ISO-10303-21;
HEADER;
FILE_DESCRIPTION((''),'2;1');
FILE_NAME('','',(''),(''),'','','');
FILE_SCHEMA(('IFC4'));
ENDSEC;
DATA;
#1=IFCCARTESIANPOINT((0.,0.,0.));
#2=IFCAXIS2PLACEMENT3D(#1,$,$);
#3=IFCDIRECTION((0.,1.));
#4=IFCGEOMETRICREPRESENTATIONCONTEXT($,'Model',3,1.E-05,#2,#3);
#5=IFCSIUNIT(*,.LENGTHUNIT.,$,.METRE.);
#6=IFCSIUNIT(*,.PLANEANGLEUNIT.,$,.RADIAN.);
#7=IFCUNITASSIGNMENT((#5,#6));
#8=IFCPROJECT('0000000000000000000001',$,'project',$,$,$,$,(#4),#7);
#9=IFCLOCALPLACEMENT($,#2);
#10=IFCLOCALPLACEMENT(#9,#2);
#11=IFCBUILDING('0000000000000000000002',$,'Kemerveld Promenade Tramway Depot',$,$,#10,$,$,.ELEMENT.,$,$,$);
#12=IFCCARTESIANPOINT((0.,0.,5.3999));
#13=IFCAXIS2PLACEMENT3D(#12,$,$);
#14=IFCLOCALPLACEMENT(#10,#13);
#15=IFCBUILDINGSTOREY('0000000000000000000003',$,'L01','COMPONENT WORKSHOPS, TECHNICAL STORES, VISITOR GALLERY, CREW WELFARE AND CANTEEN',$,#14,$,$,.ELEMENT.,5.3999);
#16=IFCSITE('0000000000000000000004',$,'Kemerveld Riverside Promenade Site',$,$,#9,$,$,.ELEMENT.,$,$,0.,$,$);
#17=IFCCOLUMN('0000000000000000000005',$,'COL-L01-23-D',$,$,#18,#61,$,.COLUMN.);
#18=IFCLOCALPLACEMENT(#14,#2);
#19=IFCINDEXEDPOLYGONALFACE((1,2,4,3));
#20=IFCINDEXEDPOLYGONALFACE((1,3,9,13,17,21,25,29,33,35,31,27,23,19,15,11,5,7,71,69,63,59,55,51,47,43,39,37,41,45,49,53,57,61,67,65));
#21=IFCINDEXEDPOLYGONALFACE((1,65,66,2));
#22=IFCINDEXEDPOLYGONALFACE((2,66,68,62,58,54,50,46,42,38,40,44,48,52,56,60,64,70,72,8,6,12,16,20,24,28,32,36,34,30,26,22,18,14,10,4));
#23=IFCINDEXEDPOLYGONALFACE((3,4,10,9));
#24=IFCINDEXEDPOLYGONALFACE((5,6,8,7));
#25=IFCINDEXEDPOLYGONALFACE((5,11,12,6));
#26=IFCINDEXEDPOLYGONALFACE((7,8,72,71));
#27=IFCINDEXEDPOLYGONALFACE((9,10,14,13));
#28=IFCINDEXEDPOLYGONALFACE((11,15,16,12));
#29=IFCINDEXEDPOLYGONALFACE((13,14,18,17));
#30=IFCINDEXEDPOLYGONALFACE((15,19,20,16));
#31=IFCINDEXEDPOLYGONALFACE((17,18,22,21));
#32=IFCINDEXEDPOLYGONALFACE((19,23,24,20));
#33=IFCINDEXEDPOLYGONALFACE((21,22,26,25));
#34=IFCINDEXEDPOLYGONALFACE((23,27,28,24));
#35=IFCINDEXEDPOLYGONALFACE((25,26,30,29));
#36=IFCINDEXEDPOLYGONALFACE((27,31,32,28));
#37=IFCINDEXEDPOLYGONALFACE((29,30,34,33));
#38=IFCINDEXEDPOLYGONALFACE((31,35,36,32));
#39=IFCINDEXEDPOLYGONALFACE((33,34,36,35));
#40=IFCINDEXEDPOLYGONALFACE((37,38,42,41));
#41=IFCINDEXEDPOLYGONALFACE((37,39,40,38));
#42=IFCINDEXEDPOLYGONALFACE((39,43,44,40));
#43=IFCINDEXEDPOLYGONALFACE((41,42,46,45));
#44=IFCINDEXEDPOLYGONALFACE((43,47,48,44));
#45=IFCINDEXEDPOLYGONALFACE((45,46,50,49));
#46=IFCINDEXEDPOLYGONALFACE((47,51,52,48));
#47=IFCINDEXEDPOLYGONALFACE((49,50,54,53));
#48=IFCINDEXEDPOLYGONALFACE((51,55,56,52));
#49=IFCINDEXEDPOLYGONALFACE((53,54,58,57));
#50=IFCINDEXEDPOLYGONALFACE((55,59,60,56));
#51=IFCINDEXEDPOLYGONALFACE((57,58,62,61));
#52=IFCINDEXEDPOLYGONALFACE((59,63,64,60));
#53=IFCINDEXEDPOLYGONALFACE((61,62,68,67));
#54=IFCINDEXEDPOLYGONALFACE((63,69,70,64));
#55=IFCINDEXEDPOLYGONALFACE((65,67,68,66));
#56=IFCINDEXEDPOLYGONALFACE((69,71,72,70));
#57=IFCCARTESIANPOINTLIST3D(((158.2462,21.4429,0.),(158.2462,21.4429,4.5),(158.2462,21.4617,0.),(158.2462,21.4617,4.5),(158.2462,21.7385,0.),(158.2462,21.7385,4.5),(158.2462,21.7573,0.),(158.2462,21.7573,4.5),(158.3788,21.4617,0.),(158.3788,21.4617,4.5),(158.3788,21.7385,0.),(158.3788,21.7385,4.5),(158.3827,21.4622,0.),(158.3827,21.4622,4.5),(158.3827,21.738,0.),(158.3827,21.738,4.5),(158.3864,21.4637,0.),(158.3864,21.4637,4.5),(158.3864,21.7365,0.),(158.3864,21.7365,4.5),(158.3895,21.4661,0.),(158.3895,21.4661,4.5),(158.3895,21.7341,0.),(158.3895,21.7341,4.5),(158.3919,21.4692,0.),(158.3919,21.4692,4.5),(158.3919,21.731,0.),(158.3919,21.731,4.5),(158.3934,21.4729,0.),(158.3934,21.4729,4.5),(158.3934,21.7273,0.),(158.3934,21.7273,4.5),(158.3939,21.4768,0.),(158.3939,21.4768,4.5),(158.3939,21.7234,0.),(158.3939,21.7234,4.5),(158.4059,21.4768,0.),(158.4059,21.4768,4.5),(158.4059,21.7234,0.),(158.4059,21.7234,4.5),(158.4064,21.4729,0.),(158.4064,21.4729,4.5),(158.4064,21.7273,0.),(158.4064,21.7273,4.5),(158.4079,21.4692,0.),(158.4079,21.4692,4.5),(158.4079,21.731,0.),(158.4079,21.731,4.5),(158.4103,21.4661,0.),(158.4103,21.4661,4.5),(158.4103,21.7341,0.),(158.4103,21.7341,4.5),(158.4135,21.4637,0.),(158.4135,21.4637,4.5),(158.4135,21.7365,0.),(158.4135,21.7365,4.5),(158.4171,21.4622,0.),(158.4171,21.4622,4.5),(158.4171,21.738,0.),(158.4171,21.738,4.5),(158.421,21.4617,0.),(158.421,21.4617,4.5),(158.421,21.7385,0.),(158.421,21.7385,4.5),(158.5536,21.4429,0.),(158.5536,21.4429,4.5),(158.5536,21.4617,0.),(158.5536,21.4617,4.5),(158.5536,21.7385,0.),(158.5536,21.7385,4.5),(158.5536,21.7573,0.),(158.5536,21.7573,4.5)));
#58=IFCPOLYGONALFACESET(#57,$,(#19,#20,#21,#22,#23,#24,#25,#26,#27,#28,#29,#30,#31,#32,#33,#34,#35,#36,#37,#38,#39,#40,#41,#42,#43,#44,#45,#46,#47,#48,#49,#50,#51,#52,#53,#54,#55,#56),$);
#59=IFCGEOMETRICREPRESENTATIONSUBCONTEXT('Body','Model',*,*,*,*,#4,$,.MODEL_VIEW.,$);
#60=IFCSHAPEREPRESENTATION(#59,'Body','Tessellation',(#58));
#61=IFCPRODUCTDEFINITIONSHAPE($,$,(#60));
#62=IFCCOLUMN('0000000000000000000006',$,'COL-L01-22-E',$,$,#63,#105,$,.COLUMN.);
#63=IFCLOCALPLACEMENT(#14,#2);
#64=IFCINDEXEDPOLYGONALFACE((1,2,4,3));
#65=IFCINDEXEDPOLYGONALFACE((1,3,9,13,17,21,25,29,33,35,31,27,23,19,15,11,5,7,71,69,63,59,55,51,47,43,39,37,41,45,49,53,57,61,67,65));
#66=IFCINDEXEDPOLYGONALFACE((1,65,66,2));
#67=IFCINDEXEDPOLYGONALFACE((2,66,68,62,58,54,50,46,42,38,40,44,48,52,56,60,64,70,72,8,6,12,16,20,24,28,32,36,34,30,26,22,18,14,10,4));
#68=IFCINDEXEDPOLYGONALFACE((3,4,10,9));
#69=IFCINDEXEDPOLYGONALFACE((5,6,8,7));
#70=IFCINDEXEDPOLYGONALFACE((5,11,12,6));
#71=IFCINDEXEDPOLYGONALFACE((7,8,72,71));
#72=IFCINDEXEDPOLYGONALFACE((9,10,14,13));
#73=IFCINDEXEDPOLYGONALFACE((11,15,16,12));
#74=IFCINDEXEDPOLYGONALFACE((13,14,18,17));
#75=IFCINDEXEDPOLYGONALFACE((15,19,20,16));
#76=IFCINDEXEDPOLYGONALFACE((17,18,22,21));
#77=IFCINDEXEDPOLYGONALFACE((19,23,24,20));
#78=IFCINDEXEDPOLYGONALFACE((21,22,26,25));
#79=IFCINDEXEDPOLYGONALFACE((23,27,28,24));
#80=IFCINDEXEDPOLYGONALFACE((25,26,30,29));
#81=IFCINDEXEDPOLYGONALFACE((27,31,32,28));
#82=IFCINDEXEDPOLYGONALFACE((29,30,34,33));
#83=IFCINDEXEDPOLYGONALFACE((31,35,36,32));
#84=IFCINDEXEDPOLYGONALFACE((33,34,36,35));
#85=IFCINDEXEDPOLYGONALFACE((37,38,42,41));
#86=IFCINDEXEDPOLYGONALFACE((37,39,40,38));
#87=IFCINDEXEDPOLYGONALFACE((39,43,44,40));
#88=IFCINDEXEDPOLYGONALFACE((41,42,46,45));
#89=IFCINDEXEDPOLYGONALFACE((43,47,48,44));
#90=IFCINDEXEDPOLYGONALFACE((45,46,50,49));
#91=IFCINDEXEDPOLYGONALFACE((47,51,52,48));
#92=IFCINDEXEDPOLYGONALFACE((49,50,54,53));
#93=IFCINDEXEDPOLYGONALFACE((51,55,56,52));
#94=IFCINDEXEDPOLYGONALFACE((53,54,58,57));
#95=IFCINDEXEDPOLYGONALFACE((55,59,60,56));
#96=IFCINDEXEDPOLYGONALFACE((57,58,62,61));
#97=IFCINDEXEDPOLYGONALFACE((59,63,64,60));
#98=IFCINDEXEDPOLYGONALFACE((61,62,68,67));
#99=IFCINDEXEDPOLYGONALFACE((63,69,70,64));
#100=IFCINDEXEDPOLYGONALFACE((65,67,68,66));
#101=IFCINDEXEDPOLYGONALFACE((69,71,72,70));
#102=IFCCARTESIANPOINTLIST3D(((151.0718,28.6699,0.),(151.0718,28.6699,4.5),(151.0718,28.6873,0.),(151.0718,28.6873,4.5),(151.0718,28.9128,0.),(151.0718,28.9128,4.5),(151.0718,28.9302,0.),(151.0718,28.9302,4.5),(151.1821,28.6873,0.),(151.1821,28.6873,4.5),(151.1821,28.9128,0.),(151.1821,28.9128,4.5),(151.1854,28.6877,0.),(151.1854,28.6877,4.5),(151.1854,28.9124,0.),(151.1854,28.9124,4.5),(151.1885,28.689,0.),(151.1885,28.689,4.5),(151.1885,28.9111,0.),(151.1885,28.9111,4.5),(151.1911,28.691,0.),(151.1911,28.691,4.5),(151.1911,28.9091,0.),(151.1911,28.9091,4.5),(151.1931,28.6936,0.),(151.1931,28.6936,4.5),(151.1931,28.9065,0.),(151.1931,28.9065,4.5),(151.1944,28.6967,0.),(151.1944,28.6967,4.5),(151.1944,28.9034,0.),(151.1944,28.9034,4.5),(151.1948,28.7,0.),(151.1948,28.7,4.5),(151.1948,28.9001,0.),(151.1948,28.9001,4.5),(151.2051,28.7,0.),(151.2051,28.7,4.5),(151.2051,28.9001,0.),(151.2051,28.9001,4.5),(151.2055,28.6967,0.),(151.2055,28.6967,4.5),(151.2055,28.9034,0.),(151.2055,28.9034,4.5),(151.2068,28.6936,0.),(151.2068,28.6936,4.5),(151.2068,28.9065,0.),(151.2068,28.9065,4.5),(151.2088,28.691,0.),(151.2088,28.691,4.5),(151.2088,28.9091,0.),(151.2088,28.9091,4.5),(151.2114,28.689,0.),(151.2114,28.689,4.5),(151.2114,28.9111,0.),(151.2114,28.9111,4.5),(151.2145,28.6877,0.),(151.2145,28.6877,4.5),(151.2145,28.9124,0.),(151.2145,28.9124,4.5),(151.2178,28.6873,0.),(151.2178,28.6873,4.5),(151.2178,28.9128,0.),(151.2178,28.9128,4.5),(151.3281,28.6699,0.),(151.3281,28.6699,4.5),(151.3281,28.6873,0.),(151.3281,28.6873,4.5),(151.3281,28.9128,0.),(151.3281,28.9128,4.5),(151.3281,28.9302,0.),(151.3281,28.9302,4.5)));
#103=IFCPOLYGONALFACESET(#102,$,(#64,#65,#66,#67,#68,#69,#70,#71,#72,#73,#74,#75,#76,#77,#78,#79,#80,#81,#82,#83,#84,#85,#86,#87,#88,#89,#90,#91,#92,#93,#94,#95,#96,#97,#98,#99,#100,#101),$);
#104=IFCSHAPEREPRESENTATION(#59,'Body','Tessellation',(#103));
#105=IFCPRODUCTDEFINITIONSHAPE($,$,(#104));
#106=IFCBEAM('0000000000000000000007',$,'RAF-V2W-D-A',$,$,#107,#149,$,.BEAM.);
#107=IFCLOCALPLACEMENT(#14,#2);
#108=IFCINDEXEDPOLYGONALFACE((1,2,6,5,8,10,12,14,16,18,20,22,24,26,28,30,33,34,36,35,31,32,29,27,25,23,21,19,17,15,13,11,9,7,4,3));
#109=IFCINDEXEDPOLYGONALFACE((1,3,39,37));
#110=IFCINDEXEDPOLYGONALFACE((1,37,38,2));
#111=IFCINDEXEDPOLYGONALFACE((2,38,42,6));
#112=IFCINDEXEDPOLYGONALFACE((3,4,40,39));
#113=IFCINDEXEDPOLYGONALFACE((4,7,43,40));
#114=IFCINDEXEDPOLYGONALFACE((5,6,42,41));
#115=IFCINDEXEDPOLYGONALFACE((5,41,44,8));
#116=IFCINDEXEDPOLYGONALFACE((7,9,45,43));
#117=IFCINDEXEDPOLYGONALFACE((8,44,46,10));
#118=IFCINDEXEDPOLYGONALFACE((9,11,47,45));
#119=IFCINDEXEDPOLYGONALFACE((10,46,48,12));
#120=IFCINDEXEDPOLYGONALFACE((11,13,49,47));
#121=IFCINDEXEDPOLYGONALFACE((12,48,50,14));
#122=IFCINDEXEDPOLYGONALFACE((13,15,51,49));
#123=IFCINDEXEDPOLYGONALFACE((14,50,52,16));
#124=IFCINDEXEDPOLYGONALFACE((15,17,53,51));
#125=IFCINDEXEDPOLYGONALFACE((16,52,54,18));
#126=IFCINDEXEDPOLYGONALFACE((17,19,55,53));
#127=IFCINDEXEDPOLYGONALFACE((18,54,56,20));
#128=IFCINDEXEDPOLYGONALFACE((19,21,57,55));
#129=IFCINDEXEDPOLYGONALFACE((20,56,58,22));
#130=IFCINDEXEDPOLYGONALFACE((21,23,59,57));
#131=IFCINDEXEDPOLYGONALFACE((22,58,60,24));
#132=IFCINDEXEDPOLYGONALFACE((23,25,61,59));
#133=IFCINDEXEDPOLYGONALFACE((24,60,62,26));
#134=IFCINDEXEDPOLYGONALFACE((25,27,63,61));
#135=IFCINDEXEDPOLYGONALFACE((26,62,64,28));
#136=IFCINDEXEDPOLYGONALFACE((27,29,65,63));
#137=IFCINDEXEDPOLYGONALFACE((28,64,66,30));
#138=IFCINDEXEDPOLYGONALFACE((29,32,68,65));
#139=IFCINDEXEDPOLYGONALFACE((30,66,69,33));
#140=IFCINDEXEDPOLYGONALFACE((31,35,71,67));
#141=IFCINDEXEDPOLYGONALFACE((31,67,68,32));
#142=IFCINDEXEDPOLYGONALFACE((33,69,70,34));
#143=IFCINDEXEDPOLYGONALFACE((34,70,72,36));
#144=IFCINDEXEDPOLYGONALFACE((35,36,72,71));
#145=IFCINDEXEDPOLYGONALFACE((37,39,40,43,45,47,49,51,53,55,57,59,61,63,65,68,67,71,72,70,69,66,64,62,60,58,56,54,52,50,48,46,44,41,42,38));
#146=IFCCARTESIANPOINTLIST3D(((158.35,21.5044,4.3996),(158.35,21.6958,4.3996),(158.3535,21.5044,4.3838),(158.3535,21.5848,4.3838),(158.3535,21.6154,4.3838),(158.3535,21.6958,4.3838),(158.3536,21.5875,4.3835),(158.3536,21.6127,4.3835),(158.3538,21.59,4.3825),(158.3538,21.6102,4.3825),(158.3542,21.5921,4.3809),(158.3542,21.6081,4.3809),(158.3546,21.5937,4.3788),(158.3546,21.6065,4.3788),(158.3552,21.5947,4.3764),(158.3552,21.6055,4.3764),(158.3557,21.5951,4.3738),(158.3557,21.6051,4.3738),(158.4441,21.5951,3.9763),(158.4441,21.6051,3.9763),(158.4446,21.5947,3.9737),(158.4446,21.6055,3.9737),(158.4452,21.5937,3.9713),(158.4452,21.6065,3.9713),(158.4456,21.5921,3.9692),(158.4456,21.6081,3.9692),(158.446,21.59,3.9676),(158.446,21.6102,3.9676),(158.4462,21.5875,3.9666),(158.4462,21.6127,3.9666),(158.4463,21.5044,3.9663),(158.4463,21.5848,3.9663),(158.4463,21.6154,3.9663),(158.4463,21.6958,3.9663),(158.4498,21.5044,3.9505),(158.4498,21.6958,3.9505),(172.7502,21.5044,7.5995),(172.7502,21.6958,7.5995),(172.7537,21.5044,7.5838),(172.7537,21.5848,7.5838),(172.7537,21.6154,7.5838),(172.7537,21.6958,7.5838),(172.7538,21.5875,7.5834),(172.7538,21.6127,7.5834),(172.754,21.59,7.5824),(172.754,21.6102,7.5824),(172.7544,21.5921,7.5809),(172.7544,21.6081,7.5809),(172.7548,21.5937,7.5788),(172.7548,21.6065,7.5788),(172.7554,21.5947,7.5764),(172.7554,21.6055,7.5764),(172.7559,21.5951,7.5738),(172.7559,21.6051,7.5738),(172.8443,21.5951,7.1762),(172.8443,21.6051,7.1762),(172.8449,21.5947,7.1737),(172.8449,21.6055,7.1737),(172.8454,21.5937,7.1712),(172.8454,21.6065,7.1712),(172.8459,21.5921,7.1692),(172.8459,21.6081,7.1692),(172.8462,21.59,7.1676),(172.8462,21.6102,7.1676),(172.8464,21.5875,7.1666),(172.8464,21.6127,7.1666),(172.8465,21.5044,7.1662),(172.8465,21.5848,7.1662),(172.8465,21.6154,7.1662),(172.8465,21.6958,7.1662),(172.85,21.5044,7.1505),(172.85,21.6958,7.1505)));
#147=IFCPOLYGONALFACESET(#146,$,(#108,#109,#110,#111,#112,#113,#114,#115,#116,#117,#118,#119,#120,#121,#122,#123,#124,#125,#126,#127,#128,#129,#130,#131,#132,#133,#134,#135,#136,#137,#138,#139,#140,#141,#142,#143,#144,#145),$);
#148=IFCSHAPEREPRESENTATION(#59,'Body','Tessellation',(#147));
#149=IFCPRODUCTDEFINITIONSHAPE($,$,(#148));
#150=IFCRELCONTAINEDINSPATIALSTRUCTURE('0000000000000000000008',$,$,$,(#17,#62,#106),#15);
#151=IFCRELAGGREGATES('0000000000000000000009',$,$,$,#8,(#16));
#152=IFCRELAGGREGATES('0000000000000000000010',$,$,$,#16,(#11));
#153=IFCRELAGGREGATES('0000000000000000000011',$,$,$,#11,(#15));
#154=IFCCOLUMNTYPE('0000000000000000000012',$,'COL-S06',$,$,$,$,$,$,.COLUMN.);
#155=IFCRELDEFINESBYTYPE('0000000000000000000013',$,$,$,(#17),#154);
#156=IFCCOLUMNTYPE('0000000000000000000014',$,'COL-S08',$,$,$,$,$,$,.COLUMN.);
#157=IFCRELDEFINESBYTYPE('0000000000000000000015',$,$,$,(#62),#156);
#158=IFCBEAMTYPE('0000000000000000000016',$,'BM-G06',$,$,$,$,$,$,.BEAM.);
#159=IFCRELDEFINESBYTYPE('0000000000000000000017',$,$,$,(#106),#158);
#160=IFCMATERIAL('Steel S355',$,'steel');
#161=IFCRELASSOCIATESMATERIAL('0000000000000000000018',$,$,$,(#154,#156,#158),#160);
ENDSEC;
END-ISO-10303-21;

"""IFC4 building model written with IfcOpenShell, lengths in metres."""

from ifc_helpers import new_model, si_unit, direction, frame, origin, origin_2d, place, context, subcontext, project, spatial, i_section, extrude, material, material_profile, profile_set, type_object, element, save


model = new_model("IFC4")

# Units and contexts
model_context = context("Model", 3, precision=1e-05, world=origin(), true_north=direction((0.0, 1.0)))
body_context = subcontext(model_context, "Body", "Model", "MODEL_VIEW")
ifc_project = project(units=[si_unit("LENGTHUNIT", "METRE"), si_unit("PLANEANGLEUNIT", "RADIAN")], contexts=[model_context])

# Site, building, storey
site_placement = place(None, origin())
site = spatial("IfcSite", under=ifc_project, at=site_placement, Name="Kemerveld Riverside Promenade Site", CompositionType="ELEMENT", RefElevation=0.0)
building_placement = place(site_placement, origin())
building = spatial("IfcBuilding", under=site, at=building_placement, Name="Kemerveld Promenade Tramway Depot", CompositionType="ELEMENT")
storey_placement = place(building_placement, frame((0.0, 0.0, 5.3999)))
storey = spatial("IfcBuildingStorey", under=building, at=storey_placement, Name="L01", Description="COMPONENT WORKSHOPS, TECHNICAL STORES, VISITOR GALLERY, CREW WELFARE AND CANTEEN", CompositionType="ELEMENT", Elevation=5.3999)

# Columns
ifc_material_1 = material(Name="Steel S355", Category="steel")
ifc_material_profile_1 = material_profile(ifc_material_1, i_section(OverallWidth=0.3074, OverallDepth=0.3145, WebThickness=0.012, FlangeThickness=0.0188, FilletRadius=0.0151, at=origin_2d()), Name="305x305x118 UC")
ifc_profile_set_1 = profile_set([ifc_material_profile_1], Name="Steel S355")
column_type_1 = type_object("IfcColumnType", Name="COL-S06", PredefinedType="COLUMN", material=ifc_profile_set_1)
column_1_placement = place(storey_placement, frame((158.3999, 21.6001, 0.0), z_axis=(0.0, 0.0, 1.0), x_axis=(1.0, 0.0, 0.0)))
element("IfcColumn", 1, at=column_1_placement, inside=storey, type_object=column_type_1, Name="COL-L01-23-D", PredefinedType="COLUMN", context=body_context, shape_type="SweptSolid", body=[
    extrude(i_section(OverallWidth=0.3074, OverallDepth=0.3145, WebThickness=0.012, FlangeThickness=0.0188, FilletRadius=0.0151, at=origin_2d()), origin(), (0.0, 0.0, 1.0), 4.5),
])
ifc_material_profile_2 = material_profile(ifc_material_1, i_section(OverallWidth=0.2563, OverallDepth=0.2603, WebThickness=0.0103, FlangeThickness=0.0173, FilletRadius=0.0127, at=origin_2d()), Name="254x254x89 UC")
ifc_profile_set_2 = profile_set([ifc_material_profile_2], Name="Steel S355")
column_type_2 = type_object("IfcColumnType", Name="COL-S08", PredefinedType="COLUMN", material=ifc_profile_set_2)
column_2_placement = place(storey_placement, frame((151.2, 28.8, 0.0), z_axis=(0.0, 0.0, 1.0), x_axis=(1.0, 0.0, 0.0)))
element("IfcColumn", 2, at=column_2_placement, inside=storey, type_object=column_type_2, Name="COL-L01-22-E", PredefinedType="COLUMN", context=body_context, shape_type="SweptSolid", body=[
    extrude(i_section(OverallWidth=0.2563, OverallDepth=0.2603, WebThickness=0.0103, FlangeThickness=0.0173, FilletRadius=0.0127, at=origin_2d()), origin(), (0.0, 0.0, 1.0), 4.5),
])

# Beam
ifc_material_profile_3 = material_profile(ifc_material_1, i_section(OverallWidth=0.1914, OverallDepth=0.46, WebThickness=0.01, FlangeThickness=0.0161, FilletRadius=0.0103, at=origin_2d()), Name="457x191x82 UB")
ifc_profile_set_3 = profile_set([ifc_material_profile_3], Name="Steel S355")
beam_type_1 = type_object("IfcBeamType", Name="BM-G06", PredefinedType="BEAM", material=ifc_profile_set_3)
beam_1_placement = place(storey_placement, frame((158.3999, 21.6001, 4.175), z_axis=(0.976188, 0.0, 0.216925), x_axis=(0.0, 1.0, 0.0)))
element("IfcBeam", 3, at=beam_1_placement, inside=storey, type_object=beam_type_1, Name="RAF-V2W-D-A", PredefinedType="BEAM", context=body_context, shape_type="SweptSolid", body=[
    extrude(i_section(OverallWidth=0.1914, OverallDepth=0.46, WebThickness=0.01, FlangeThickness=0.0161, FilletRadius=0.0103, at=origin_2d()), origin(), (0.0, 0.0, 1.0), 14.7515),
])

save(model, "model.ifc")
